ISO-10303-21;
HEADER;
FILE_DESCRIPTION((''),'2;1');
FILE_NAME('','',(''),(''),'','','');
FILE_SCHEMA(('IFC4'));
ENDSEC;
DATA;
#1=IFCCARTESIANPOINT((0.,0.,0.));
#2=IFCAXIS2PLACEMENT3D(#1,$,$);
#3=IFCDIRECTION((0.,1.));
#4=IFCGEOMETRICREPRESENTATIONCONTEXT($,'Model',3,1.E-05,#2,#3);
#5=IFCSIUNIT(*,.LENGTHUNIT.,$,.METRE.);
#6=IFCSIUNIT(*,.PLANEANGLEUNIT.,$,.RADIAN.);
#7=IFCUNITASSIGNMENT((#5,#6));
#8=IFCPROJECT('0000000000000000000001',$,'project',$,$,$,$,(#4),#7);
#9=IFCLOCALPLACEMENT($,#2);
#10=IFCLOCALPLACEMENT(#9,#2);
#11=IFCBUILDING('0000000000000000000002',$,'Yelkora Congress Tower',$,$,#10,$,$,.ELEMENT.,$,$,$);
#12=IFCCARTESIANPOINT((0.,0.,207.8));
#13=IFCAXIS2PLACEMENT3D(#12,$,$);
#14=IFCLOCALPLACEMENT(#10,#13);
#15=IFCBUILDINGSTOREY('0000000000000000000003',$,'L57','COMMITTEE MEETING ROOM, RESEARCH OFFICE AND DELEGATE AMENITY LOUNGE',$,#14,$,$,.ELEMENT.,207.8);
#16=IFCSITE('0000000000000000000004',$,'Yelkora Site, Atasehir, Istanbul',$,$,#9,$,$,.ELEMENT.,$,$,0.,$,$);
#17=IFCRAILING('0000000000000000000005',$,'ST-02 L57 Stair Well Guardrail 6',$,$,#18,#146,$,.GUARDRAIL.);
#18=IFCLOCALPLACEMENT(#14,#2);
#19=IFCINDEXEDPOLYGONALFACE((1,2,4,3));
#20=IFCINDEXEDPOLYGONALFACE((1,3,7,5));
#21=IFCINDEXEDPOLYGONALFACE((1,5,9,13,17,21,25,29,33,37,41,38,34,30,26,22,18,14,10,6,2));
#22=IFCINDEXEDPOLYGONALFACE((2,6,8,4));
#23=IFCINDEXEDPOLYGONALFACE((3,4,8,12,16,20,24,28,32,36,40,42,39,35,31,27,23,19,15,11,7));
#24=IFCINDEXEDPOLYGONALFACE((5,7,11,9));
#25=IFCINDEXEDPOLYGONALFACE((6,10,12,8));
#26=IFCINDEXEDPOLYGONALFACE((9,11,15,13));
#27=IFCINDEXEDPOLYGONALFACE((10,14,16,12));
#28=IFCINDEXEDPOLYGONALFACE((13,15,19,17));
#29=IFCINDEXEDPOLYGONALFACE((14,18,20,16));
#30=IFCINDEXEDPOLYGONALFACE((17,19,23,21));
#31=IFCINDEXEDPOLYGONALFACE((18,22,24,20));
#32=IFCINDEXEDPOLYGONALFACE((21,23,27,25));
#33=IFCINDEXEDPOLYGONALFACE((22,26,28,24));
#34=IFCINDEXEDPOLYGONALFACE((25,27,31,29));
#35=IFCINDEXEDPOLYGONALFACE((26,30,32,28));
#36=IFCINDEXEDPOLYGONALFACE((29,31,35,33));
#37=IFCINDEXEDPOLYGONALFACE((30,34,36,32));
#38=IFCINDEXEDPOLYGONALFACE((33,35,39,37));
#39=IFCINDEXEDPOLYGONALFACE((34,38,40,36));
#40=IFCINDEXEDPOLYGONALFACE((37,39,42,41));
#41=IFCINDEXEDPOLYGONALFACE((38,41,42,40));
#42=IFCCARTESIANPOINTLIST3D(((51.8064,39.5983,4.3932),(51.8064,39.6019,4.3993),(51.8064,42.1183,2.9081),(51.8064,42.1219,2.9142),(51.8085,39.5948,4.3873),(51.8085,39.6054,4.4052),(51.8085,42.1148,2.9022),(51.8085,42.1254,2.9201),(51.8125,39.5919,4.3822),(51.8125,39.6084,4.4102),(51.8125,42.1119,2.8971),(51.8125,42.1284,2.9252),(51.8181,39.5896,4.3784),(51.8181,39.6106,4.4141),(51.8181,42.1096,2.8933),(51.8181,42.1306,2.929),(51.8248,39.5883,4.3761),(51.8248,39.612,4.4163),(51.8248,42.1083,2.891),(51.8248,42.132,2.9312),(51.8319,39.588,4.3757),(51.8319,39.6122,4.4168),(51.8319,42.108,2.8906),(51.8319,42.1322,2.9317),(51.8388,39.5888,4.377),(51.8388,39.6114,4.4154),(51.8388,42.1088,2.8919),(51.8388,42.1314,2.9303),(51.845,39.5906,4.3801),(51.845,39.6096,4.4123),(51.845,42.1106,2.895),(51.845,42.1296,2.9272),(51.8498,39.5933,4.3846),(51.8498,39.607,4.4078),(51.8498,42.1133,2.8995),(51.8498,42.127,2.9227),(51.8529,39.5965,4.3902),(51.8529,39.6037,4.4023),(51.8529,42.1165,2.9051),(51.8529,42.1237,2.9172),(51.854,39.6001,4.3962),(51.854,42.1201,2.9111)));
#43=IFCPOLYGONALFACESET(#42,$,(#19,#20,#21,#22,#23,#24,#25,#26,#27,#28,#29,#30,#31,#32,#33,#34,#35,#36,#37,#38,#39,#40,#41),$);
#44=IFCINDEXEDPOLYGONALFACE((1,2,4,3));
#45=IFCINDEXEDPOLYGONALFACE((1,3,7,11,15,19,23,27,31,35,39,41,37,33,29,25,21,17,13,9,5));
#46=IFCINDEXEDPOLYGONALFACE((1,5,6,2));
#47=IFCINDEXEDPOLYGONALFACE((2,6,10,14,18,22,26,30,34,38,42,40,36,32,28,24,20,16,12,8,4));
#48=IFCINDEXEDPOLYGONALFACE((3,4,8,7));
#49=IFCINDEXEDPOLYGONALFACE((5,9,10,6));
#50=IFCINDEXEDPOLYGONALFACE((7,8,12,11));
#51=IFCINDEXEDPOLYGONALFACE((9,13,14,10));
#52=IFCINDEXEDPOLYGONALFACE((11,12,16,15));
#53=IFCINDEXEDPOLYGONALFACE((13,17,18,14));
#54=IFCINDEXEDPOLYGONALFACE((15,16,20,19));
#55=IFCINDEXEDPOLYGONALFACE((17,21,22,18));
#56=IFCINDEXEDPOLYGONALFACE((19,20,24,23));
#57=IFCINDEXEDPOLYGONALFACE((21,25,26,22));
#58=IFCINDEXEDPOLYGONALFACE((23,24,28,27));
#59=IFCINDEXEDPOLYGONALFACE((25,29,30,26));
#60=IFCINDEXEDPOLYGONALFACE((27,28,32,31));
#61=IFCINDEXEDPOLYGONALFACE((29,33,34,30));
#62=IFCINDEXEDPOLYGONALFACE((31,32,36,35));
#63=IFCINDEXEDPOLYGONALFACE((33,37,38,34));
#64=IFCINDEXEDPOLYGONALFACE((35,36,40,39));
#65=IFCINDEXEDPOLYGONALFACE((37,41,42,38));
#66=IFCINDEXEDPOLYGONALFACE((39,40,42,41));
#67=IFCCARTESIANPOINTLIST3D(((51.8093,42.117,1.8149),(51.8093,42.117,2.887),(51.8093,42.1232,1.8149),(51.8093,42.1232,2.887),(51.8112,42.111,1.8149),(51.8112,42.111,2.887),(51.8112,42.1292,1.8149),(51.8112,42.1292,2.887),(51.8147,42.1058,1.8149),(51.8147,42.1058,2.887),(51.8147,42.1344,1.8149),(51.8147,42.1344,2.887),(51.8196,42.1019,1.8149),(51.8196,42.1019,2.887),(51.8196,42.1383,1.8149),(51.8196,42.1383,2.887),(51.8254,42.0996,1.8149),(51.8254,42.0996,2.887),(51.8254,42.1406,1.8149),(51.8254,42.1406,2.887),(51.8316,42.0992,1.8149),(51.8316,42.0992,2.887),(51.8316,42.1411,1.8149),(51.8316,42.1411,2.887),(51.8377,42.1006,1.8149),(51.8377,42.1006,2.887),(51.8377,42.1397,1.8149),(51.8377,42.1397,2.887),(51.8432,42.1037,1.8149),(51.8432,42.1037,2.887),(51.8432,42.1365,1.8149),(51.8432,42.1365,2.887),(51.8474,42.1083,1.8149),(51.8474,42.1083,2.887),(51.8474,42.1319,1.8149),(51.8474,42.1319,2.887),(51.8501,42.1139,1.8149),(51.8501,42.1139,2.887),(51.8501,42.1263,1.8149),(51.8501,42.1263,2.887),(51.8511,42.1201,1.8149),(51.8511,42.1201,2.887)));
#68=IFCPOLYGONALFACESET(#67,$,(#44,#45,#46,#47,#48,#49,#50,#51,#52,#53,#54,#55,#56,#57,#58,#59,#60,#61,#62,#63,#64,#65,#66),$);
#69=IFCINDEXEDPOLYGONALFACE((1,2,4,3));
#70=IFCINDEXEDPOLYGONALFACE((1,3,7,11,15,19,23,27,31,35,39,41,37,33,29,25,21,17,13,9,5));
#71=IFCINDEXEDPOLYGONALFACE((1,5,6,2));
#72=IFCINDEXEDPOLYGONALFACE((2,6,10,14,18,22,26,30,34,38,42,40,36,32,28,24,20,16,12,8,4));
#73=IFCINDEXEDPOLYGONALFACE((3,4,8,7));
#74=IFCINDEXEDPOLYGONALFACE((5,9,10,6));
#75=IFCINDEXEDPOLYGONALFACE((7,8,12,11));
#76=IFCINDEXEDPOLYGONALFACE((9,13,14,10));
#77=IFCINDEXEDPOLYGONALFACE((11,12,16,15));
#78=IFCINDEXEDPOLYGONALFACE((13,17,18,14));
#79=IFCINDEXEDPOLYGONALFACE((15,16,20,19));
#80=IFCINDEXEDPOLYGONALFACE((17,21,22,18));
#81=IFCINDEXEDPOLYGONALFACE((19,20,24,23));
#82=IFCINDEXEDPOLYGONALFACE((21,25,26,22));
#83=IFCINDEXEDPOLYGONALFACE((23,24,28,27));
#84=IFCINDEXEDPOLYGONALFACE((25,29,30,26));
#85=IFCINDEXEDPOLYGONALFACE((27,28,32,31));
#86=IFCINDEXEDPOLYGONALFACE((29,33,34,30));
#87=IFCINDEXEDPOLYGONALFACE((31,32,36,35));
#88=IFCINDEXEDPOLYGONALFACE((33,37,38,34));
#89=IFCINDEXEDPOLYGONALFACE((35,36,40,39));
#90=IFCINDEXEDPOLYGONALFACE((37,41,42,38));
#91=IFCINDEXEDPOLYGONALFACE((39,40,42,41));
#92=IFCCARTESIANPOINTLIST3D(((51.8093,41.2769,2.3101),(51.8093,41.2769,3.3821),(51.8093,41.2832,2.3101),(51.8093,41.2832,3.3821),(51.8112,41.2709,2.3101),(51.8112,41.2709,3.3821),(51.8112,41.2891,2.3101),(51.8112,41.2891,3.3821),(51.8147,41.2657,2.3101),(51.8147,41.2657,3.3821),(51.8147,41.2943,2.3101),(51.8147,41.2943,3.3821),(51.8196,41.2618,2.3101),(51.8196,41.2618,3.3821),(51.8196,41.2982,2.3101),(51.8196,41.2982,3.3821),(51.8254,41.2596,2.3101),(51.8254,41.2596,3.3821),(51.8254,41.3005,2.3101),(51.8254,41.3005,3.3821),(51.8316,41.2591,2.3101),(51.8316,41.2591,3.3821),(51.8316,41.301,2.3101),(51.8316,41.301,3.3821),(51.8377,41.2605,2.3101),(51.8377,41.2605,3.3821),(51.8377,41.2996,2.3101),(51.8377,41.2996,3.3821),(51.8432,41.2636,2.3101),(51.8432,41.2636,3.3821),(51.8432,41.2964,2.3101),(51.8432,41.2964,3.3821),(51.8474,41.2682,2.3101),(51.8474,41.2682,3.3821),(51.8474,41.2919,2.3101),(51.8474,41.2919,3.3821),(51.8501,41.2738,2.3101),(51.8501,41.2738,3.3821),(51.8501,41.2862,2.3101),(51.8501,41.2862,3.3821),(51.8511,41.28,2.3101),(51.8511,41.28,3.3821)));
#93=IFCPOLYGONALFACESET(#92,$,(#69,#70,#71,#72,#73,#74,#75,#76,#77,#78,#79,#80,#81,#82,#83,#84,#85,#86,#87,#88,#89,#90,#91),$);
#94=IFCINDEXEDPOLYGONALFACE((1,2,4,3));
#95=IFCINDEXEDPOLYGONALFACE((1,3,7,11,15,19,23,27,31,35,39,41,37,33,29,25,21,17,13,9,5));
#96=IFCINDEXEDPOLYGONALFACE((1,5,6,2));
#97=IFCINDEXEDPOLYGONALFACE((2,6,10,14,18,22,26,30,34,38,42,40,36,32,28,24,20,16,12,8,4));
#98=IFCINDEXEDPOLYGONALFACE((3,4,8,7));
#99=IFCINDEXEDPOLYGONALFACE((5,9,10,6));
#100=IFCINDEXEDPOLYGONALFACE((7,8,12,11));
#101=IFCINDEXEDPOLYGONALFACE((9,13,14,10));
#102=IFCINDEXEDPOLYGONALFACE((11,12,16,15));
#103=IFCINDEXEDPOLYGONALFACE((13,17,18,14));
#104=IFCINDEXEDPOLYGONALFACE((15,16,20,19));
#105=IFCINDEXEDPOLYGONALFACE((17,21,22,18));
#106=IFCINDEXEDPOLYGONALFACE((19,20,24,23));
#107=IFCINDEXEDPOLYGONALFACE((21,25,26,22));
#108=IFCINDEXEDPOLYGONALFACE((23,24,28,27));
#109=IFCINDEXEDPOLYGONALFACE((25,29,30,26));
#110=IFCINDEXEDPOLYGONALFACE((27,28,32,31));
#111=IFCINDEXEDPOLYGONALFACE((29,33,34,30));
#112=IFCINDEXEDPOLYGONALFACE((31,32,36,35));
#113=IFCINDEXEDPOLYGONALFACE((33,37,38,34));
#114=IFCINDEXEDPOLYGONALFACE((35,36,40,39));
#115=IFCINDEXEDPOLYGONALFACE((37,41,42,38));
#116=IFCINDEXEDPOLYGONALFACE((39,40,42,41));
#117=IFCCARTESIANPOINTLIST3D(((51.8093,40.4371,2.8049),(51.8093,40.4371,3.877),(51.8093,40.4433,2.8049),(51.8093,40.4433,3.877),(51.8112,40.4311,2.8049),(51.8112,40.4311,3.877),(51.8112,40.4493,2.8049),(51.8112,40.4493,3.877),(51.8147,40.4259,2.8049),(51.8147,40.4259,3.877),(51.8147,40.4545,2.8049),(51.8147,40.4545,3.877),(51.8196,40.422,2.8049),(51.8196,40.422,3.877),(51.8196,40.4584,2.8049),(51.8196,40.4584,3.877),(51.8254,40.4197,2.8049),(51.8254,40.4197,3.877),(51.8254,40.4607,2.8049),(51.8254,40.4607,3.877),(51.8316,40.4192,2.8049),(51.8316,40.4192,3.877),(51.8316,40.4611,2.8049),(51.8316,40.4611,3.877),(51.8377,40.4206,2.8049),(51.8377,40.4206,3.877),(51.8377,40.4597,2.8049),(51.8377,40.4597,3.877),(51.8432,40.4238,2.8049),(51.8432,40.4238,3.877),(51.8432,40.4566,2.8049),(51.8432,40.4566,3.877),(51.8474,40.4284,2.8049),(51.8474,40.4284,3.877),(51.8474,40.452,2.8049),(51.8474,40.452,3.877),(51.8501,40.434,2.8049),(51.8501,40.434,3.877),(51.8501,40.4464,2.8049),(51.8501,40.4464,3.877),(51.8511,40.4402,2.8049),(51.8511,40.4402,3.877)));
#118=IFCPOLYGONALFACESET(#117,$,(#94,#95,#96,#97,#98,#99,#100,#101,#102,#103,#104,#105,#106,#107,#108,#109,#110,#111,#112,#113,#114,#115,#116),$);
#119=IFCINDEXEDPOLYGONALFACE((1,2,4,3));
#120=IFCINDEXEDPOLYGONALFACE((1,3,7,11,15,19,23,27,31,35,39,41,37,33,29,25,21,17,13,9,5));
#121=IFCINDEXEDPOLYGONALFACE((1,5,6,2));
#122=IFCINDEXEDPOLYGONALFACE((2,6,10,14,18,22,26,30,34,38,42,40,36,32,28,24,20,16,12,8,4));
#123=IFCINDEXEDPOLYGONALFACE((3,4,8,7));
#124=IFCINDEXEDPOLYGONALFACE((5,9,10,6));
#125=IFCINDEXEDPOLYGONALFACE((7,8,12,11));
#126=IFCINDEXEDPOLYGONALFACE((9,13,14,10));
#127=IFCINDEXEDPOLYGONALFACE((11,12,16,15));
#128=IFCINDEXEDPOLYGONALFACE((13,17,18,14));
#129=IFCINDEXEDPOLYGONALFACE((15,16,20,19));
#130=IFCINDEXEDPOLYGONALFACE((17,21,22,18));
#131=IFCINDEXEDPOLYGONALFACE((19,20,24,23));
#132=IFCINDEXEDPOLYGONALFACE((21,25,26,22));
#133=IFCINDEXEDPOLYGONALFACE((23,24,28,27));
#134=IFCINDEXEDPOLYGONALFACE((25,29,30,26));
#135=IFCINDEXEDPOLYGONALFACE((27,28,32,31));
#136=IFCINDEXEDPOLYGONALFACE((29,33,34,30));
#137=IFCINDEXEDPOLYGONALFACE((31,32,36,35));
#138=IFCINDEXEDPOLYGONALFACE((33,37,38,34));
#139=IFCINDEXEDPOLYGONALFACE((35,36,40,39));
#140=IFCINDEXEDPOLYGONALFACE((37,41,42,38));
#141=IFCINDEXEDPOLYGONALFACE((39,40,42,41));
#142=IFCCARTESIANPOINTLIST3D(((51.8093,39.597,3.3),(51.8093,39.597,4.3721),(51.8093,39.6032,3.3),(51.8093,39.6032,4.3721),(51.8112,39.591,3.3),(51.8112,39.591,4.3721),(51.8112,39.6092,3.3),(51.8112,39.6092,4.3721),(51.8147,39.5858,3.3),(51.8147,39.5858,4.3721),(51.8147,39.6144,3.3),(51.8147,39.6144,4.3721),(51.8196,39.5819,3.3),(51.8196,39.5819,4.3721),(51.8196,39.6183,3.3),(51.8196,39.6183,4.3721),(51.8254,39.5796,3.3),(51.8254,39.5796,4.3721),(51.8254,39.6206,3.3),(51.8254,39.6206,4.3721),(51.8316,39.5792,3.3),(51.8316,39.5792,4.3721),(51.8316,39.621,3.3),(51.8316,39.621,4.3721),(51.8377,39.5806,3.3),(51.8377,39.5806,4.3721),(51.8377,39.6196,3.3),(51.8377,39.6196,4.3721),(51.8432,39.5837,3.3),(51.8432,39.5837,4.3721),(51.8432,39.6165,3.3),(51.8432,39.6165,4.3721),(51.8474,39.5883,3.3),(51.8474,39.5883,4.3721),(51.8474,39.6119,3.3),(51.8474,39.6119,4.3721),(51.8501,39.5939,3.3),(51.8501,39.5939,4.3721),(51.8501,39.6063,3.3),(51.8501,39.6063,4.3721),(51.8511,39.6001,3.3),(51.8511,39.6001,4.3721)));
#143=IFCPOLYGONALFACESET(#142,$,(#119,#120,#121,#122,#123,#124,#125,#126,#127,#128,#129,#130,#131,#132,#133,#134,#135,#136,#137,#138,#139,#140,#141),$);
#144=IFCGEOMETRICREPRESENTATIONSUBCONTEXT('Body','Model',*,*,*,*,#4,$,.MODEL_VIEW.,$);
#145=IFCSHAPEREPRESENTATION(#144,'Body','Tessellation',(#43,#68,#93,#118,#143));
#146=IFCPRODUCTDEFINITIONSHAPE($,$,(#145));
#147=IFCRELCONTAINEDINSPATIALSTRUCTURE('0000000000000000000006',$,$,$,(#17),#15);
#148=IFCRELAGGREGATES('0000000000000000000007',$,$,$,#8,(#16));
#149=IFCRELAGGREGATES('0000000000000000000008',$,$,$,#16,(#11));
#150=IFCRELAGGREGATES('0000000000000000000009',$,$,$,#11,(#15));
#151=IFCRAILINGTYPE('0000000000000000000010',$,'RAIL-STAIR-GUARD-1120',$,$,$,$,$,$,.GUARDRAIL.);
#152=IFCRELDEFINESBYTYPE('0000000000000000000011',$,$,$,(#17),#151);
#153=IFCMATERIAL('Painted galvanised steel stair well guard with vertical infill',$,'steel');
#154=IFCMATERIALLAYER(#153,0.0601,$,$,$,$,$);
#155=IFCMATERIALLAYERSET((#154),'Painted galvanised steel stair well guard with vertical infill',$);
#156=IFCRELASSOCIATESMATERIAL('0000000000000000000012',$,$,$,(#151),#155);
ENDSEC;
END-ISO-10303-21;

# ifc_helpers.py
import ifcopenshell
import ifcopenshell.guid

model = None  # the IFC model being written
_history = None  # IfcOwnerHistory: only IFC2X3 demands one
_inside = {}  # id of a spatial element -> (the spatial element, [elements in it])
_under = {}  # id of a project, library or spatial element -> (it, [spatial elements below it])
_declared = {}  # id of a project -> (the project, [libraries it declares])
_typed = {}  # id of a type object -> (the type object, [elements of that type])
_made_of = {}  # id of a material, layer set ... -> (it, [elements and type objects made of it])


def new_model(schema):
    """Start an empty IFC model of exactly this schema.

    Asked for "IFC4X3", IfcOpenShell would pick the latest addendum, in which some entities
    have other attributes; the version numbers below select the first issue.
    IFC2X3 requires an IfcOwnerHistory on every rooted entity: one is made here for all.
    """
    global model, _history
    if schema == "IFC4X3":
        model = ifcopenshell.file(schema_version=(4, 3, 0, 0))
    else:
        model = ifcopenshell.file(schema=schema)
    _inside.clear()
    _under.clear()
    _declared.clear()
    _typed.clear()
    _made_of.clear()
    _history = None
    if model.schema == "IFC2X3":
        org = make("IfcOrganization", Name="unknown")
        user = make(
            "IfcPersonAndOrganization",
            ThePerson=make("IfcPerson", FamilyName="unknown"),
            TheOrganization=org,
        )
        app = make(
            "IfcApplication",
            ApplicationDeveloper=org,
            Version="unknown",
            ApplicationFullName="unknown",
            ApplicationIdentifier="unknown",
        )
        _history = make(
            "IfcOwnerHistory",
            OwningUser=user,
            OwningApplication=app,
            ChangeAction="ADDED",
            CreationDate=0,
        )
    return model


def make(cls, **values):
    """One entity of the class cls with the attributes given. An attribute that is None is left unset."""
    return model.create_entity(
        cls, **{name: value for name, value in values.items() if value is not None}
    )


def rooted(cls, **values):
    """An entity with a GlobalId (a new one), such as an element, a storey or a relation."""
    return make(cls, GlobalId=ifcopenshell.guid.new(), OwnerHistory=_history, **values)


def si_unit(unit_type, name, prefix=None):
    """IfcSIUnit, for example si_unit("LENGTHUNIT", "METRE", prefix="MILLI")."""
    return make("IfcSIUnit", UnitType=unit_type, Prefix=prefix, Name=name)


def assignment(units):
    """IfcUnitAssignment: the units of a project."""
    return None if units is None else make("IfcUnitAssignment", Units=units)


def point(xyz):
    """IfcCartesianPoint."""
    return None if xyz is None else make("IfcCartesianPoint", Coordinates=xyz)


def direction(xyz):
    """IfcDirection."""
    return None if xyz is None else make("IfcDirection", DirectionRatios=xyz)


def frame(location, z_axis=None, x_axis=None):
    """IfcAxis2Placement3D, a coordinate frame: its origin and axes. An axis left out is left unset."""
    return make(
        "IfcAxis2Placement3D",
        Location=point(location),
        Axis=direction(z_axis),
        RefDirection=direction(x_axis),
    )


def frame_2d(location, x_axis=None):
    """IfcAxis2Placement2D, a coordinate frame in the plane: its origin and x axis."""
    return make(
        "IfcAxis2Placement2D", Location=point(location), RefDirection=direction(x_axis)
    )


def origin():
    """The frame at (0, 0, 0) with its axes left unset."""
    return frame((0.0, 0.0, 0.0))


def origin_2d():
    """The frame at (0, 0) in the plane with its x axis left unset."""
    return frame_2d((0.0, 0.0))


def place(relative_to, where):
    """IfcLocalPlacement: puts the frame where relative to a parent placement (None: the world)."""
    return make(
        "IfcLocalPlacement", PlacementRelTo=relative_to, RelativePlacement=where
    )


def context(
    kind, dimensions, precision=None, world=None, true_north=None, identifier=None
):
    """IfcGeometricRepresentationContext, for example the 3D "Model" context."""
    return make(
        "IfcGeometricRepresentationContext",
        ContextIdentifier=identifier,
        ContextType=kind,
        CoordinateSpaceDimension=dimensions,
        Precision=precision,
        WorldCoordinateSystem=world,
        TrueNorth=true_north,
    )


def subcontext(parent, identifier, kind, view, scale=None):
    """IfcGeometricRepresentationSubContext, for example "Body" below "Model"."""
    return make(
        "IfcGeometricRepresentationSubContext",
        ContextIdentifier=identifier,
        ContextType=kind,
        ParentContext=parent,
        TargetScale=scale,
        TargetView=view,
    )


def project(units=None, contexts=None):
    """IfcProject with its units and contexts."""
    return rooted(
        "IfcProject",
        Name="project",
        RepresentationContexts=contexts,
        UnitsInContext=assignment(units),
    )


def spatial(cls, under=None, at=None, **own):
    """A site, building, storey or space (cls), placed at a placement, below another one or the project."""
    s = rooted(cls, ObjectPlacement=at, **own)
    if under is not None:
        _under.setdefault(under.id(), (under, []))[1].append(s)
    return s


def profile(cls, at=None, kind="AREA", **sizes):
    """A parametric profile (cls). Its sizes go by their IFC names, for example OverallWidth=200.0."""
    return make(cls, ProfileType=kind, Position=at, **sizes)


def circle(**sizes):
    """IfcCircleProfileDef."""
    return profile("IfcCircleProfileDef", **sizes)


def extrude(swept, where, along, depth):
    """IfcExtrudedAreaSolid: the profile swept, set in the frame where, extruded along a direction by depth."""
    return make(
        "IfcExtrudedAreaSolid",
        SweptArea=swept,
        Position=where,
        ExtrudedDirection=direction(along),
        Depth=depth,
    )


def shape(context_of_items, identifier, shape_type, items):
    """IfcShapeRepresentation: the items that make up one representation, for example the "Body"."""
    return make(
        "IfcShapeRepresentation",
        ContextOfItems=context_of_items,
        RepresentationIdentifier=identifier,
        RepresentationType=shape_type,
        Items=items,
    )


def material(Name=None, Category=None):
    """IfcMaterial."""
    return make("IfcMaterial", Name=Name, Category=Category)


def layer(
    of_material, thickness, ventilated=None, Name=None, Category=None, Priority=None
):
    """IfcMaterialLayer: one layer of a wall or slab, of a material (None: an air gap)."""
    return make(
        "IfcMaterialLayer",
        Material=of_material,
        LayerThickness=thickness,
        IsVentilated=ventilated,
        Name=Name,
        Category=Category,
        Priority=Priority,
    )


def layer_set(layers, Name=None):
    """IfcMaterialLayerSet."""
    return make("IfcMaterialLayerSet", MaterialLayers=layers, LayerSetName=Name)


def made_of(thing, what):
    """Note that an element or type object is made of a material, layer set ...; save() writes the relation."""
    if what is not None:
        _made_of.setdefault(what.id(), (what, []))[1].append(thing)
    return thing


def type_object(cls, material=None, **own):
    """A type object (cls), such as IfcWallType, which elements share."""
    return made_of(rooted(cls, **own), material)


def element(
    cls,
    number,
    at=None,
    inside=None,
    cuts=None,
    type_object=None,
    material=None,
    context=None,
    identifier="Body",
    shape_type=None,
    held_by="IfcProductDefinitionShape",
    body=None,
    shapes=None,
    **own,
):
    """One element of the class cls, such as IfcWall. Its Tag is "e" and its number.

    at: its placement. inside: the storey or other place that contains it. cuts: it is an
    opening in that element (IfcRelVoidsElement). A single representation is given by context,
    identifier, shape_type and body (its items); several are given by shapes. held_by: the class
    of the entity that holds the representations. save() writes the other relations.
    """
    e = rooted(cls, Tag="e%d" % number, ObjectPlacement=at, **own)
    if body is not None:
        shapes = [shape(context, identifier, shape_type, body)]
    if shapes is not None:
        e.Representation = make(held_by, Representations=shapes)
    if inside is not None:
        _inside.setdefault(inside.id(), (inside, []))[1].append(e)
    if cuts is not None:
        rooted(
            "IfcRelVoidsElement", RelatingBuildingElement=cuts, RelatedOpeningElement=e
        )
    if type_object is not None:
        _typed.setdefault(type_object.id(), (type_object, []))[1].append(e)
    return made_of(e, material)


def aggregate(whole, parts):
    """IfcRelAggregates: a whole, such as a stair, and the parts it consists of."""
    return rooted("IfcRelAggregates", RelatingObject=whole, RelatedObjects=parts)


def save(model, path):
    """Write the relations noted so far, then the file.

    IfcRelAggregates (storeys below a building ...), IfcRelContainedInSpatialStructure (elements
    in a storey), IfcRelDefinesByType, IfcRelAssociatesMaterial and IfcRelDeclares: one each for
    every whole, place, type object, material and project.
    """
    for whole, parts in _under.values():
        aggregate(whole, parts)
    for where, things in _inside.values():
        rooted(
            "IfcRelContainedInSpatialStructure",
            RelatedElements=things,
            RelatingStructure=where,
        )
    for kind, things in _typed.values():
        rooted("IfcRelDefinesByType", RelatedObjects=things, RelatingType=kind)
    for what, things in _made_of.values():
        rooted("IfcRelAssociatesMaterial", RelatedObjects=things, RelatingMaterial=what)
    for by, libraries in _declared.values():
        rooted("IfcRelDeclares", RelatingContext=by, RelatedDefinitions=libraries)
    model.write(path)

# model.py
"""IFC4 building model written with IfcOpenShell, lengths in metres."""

from ifc_helpers import new_model, si_unit, direction, frame, origin, origin_2d, place, context, subcontext, project, spatial, circle, extrude, material, layer, layer_set, type_object, element, save


model = new_model("IFC4")

# Units and contexts
model_context = context("Model", 3, precision=1e-05, world=origin(), true_north=direction((0.0, 1.0)))
body_context = subcontext(model_context, "Body", "Model", "MODEL_VIEW")
ifc_project = project(units=[si_unit("LENGTHUNIT", "METRE"), si_unit("PLANEANGLEUNIT", "RADIAN")], contexts=[model_context])

# Site, building, storey
site_placement = place(None, origin())
site = spatial("IfcSite", under=ifc_project, at=site_placement, Name="Yelkora Site, Atasehir, Istanbul", CompositionType="ELEMENT", RefElevation=0.0)
building_placement = place(site_placement, origin())
building = spatial("IfcBuilding", under=site, at=building_placement, Name="Yelkora Congress Tower", CompositionType="ELEMENT")
storey_placement = place(building_placement, frame((0.0, 0.0, 207.8)))
storey = spatial("IfcBuildingStorey", under=building, at=storey_placement, Name="L57", Description="COMMITTEE MEETING ROOM, RESEARCH OFFICE AND DELEGATE AMENITY LOUNGE", CompositionType="ELEMENT", Elevation=207.8)

# Railing
ifc_material_1 = material(Name="Painted galvanised steel stair well guard with vertical infill", Category="steel")
ifc_layer_1 = layer(ifc_material_1, 0.0601)
ifc_layer_set_1 = layer_set([ifc_layer_1], Name="Painted galvanised steel stair well guard with vertical infill")
railing_type_1 = type_object("IfcRailingType", Name="RAIL-STAIR-GUARD-1120", PredefinedType="GUARDRAIL", material=ifc_layer_set_1)
railing_1_placement = place(storey_placement, frame((51.8301, 42.1201, 1.8149)))
element("IfcRailing", 1, at=railing_1_placement, inside=storey, type_object=railing_type_1, Name="ST-02 L57 Stair Well Guardrail 6", PredefinedType="GUARDRAIL", context=body_context, shape_type="SweptSolid", body=[
    extrude(circle(Radius=0.0239, at=origin_2d()), frame((0.0, 0.0, 1.0962), z_axis=(0.0, -0.861524, 0.507717), x_axis=(1.0, 0.0, 0.0)), (0.0, 0.0, 1.0), 2.925),
    extrude(circle(Radius=0.021, at=origin_2d()), origin(), (0.0, 0.0, 1.0), 1.072),
    extrude(circle(Radius=0.021, at=origin_2d()), frame((0.0, -0.8401, 0.4951)), (0.0, 0.0, 1.0), 1.072),
    extrude(circle(Radius=0.021, at=origin_2d()), frame((0.0, -1.6799, 0.99)), (0.0, 0.0, 1.0), 1.072),
    extrude(circle(Radius=0.021, at=origin_2d()), frame((0.0, -2.52, 1.4851)), (0.0, 0.0, 1.0), 1.072),
])

save(model, "model.ifc")
